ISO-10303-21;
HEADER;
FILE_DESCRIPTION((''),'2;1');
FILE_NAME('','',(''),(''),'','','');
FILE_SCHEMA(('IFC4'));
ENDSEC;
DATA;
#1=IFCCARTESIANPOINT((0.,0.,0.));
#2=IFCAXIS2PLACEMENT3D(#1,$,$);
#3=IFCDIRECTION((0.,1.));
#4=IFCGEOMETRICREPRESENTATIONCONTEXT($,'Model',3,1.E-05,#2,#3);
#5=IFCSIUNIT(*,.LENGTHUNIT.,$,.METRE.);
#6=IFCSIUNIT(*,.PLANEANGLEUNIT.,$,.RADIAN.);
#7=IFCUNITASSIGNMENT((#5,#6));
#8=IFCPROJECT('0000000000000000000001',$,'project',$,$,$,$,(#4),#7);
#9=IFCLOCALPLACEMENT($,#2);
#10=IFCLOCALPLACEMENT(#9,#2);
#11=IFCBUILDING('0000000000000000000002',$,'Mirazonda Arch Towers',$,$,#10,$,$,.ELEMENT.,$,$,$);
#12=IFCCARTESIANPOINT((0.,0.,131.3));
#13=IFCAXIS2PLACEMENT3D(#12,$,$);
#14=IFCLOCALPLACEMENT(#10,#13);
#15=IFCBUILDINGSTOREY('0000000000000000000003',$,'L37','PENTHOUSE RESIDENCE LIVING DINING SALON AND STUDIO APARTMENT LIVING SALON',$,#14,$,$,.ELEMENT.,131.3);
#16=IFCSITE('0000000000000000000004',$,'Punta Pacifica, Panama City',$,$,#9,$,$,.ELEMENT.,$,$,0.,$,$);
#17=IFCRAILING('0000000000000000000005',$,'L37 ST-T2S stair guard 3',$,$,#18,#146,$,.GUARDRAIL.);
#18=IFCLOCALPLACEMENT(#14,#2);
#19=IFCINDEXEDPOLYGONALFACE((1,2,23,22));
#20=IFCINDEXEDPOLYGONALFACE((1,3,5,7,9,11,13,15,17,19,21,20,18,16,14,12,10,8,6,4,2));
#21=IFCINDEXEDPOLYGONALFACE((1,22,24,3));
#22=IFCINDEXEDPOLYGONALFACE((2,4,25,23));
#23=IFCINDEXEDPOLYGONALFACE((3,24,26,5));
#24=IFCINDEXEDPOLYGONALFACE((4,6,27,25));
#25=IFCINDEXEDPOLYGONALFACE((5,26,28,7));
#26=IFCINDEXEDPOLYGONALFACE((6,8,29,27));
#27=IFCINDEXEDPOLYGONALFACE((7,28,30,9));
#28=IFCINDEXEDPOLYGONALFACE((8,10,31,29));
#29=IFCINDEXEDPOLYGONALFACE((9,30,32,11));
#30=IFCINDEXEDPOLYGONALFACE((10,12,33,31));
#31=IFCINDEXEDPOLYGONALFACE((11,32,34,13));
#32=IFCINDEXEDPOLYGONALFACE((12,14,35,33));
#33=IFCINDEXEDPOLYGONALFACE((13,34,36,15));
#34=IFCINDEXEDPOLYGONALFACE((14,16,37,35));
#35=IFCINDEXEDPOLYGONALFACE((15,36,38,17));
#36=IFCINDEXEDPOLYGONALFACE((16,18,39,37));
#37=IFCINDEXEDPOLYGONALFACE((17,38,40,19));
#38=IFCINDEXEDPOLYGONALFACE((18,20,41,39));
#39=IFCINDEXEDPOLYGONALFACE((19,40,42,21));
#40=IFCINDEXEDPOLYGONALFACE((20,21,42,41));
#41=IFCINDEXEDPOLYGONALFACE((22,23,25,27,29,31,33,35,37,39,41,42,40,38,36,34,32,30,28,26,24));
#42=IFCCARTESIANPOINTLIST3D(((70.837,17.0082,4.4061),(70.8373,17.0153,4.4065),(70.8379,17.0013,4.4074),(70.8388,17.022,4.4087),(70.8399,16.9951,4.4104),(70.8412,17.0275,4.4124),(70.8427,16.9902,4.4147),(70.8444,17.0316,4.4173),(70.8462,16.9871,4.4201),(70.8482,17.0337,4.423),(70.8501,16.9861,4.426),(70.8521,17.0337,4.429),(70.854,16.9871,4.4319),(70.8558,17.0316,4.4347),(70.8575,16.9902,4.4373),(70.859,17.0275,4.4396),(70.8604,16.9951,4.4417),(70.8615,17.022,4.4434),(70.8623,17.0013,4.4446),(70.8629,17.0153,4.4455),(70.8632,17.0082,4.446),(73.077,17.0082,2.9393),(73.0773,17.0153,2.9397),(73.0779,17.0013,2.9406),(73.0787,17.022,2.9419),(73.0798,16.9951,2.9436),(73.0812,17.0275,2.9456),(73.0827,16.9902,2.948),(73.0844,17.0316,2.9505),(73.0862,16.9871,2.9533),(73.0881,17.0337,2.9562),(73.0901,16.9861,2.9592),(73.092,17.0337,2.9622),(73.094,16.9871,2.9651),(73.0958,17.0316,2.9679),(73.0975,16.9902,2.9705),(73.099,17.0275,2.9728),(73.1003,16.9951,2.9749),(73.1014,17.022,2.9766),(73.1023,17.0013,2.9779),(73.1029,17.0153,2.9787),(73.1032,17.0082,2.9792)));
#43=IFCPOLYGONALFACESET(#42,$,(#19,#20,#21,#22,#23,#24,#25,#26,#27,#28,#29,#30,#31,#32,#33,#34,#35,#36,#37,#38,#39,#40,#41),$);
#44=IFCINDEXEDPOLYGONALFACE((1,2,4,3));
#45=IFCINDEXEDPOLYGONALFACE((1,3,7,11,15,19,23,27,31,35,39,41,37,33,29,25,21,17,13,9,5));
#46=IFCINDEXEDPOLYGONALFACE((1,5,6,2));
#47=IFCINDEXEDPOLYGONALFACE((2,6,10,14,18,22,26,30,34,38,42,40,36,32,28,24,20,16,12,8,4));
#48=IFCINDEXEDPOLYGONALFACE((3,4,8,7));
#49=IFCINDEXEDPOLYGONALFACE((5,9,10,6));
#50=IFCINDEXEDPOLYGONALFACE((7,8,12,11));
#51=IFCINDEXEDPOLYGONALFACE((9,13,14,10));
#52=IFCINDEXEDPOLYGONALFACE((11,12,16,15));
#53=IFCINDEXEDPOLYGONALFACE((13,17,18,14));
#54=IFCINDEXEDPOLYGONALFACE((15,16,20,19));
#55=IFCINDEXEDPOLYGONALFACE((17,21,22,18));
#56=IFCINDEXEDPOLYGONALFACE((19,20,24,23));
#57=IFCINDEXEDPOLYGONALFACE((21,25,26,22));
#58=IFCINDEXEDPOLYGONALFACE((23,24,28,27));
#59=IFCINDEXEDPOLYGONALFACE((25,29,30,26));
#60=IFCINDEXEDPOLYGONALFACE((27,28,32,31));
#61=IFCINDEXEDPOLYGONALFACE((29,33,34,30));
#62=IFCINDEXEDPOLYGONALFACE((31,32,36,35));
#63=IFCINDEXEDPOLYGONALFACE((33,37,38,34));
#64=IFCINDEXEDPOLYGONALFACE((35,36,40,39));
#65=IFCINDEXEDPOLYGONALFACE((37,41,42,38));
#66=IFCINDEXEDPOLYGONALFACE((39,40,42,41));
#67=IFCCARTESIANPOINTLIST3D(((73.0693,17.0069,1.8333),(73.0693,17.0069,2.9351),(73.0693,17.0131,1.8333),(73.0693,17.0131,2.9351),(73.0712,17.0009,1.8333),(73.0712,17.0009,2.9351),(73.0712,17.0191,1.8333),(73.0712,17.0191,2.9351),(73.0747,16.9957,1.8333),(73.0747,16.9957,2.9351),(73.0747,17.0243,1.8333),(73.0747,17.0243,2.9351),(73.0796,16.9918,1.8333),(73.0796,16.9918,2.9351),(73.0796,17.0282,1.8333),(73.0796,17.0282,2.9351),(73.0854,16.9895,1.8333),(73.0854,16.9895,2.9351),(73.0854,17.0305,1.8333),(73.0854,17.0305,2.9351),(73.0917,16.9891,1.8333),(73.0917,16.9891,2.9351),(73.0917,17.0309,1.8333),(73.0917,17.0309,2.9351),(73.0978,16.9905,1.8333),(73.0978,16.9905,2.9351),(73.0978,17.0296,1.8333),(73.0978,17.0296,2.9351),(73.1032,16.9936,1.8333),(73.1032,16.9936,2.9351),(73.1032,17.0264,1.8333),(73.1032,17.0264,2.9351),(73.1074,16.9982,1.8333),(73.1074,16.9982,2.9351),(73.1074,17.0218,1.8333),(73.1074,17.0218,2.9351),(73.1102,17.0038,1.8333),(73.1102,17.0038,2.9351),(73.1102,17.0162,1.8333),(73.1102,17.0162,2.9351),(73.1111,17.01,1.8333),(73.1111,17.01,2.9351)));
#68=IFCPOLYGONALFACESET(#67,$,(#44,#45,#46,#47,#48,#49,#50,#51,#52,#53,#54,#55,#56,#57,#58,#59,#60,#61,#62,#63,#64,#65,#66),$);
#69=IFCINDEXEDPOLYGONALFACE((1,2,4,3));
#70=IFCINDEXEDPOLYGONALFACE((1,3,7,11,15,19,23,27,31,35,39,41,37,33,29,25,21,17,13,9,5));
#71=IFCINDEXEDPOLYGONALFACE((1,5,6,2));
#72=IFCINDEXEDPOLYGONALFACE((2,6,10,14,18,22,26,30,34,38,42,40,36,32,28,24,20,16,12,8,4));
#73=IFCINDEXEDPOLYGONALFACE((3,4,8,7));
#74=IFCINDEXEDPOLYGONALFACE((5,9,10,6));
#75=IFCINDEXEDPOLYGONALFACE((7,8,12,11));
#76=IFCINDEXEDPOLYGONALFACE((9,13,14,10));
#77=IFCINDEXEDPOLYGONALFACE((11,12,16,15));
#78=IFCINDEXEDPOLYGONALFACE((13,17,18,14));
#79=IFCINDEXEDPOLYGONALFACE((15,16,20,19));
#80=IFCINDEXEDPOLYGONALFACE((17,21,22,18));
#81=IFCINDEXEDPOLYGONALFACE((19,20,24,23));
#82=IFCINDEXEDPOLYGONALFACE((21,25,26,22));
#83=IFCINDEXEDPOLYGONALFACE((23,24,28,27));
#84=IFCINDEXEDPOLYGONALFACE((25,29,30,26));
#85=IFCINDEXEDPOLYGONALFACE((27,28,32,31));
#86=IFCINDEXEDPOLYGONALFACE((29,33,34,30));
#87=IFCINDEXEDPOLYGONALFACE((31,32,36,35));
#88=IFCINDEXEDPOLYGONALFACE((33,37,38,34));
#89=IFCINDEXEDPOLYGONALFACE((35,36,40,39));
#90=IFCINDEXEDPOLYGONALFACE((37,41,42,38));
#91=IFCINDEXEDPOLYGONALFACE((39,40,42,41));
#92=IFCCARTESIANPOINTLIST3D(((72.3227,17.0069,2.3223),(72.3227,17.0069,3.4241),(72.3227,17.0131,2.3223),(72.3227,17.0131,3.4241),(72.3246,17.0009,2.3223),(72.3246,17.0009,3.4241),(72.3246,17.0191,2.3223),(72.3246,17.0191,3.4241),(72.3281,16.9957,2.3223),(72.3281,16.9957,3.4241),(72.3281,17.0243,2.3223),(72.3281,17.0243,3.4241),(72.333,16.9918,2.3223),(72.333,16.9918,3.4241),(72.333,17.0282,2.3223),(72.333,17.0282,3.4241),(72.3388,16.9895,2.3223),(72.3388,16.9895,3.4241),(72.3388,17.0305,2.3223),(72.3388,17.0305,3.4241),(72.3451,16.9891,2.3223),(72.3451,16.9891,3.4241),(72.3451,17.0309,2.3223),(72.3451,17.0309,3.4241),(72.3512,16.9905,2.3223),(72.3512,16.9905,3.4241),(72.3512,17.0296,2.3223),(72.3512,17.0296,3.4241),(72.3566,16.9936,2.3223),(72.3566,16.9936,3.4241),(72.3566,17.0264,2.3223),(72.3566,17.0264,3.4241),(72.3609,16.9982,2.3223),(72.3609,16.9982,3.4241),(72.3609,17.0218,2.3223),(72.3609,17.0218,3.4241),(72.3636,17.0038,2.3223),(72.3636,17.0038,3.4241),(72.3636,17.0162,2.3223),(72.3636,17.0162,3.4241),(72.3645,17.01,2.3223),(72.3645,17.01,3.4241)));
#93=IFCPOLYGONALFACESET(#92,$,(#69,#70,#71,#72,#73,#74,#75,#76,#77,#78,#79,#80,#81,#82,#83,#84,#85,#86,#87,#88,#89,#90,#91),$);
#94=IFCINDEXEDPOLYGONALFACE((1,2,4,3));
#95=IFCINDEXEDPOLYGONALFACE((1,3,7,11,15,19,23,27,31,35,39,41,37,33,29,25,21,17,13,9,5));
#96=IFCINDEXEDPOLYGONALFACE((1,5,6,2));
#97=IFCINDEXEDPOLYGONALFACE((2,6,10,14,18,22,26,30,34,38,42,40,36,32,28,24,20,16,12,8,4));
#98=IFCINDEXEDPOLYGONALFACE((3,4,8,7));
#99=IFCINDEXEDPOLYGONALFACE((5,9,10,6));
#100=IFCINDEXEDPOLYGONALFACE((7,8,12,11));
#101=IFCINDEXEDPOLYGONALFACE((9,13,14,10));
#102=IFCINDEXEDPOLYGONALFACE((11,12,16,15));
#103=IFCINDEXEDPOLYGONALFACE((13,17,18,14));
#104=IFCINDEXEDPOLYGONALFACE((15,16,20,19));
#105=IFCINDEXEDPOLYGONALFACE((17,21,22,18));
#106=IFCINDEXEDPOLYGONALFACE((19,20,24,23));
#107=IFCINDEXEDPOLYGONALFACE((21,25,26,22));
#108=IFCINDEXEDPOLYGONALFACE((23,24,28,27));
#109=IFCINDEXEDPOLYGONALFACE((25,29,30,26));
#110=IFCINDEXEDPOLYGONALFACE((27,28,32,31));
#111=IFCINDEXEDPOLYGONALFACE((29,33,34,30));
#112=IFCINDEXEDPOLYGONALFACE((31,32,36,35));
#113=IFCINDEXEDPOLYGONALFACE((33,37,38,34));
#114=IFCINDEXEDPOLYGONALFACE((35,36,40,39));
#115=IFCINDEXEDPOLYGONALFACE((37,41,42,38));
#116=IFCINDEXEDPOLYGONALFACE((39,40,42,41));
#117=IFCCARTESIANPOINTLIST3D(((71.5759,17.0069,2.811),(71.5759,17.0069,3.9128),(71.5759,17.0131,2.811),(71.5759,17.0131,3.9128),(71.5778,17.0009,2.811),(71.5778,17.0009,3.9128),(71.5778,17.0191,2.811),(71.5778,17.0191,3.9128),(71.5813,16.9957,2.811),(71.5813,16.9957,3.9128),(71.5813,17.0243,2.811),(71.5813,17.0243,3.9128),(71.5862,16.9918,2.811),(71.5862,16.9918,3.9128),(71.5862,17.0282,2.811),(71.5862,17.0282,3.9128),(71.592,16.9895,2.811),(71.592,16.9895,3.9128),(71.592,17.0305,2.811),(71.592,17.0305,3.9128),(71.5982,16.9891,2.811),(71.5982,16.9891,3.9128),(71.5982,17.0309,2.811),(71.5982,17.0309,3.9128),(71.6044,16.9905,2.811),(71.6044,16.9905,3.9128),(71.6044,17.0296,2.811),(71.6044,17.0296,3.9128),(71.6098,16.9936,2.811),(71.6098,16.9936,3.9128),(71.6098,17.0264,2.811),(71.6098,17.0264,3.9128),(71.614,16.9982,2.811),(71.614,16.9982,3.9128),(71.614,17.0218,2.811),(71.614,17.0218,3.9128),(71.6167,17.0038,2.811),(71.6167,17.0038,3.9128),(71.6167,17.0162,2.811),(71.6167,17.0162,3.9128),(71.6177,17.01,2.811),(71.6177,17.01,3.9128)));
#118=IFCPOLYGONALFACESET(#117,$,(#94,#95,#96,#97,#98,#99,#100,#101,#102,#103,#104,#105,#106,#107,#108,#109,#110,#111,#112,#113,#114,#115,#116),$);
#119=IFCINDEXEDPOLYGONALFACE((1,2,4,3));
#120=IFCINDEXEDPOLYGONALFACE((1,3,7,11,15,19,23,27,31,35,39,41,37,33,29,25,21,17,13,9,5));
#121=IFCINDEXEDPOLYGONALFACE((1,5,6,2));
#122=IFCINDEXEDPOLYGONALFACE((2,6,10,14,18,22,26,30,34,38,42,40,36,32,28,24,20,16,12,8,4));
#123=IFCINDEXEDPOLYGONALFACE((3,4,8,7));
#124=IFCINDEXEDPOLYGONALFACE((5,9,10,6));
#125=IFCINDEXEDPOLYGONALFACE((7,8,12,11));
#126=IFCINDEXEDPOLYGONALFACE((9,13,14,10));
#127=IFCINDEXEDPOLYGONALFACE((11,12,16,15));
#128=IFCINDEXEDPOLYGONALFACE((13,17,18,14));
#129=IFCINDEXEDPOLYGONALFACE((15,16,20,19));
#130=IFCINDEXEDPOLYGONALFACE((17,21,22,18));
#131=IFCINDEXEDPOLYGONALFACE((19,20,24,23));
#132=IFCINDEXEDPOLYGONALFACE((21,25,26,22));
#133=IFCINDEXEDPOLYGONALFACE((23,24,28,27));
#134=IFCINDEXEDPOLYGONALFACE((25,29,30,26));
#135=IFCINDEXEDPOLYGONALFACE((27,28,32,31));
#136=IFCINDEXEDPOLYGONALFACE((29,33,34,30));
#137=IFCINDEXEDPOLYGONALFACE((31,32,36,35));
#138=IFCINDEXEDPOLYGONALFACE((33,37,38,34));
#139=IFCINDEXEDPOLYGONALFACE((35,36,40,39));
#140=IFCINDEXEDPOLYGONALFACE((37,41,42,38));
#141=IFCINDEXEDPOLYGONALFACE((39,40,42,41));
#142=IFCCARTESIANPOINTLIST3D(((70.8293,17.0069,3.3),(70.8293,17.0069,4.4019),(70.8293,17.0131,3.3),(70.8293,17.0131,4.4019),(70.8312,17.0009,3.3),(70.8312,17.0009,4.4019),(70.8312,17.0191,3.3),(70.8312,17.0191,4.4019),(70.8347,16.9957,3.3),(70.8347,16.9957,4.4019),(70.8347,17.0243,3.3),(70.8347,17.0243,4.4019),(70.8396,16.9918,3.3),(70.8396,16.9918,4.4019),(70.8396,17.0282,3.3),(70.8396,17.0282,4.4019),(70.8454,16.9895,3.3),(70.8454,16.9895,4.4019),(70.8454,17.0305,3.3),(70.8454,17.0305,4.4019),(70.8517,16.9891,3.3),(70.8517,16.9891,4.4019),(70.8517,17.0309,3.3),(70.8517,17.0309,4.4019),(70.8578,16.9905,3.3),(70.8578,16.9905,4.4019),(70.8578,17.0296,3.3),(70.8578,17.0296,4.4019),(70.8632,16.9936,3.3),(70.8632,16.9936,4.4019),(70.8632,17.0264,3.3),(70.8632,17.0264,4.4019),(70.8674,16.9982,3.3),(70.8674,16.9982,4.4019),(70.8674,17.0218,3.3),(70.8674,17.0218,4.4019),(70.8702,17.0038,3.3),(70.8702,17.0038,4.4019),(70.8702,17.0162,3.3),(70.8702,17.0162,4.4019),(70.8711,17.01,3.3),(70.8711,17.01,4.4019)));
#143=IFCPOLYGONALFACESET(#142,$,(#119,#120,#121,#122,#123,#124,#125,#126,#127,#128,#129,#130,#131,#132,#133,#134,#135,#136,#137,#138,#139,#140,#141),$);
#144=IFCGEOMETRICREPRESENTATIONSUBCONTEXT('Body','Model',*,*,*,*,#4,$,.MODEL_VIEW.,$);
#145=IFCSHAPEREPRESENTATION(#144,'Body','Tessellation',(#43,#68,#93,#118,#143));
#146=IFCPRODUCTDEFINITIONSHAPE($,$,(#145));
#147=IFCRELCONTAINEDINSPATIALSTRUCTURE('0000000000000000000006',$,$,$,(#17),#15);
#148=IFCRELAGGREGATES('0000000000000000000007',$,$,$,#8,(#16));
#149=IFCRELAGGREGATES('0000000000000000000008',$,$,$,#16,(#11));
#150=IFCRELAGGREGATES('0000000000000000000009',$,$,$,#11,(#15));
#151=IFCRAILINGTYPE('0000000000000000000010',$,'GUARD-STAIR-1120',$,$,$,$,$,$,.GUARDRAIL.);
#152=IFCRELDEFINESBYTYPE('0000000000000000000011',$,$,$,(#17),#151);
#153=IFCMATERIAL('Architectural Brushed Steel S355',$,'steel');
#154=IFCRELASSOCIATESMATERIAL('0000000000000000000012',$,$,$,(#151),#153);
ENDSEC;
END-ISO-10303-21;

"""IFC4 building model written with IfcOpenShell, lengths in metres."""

from ifc_helpers import new_model, si_unit, direction, frame, origin, origin_2d, place, context, subcontext, project, spatial, circle, extrude, material, type_object, element, save


model = new_model("IFC4")

# Units and contexts
model_context = context("Model", 3, precision=1e-05, world=origin(), true_north=direction((0.0, 1.0)))
body_context = subcontext(model_context, "Body", "Model", "MODEL_VIEW")
ifc_project = project(units=[si_unit("LENGTHUNIT", "METRE"), si_unit("PLANEANGLEUNIT", "RADIAN")], contexts=[model_context])

# Site, building, storey
site_placement = place(None, origin())
site = spatial("IfcSite", under=ifc_project, at=site_placement, Name="Punta Pacifica, Panama City", CompositionType="ELEMENT", RefElevation=0.0)
building_placement = place(site_placement, origin())
building = spatial("IfcBuilding", under=site, at=building_placement, Name="Mirazonda Arch Towers", CompositionType="ELEMENT")
storey_placement = place(building_placement, frame((0.0, 0.0, 131.3)))
storey = spatial("IfcBuildingStorey", under=building, at=storey_placement, Name="L37", Description="PENTHOUSE RESIDENCE LIVING DINING SALON AND STUDIO APARTMENT LIVING SALON", CompositionType="ELEMENT", Elevation=131.3)

# Railing
ifc_material_1 = material(Name="Architectural Brushed Steel S355", Category="steel")
railing_type_1 = type_object("IfcRailingType", Name="GUARD-STAIR-1120", PredefinedType="GUARDRAIL", material=ifc_material_1)
railing_1_placement = place(storey_placement, frame((73.0901, 17.01, 1.8333)))
element("IfcRailing", 1, at=railing_1_placement, inside=storey, type_object=railing_type_1, Name="L37 ST-T2S stair guard 3", PredefinedType="GUARDRAIL", context=body_context, shape_type="SweptSolid", body=[
    extrude(circle(Radius=0.0239, at=origin_2d()), frame((0.0, 0.0, 1.126), z_axis=(-0.836595, 0.0, 0.547822), x_axis=(0.0, -1.0, 0.0)), (0.0, 0.0, 1.0), 2.6775),
    extrude(circle(Radius=0.021, at=origin_2d()), origin(), (0.0, 0.0, 1.0), 1.1018),
    extrude(circle(Radius=0.021, at=origin_2d()), frame((-0.7466, 0.0, 0.489)), (0.0, 0.0, 1.0), 1.1018),
    extrude(circle(Radius=0.021, at=origin_2d()), frame((-1.4934, 0.0, 0.9778)), (0.0, 0.0, 1.0), 1.1018),
    extrude(circle(Radius=0.021, at=origin_2d()), frame((-2.24, 0.0, 1.4668)), (0.0, 0.0, 1.0), 1.1018),
])

save(model, "model.ifc")
